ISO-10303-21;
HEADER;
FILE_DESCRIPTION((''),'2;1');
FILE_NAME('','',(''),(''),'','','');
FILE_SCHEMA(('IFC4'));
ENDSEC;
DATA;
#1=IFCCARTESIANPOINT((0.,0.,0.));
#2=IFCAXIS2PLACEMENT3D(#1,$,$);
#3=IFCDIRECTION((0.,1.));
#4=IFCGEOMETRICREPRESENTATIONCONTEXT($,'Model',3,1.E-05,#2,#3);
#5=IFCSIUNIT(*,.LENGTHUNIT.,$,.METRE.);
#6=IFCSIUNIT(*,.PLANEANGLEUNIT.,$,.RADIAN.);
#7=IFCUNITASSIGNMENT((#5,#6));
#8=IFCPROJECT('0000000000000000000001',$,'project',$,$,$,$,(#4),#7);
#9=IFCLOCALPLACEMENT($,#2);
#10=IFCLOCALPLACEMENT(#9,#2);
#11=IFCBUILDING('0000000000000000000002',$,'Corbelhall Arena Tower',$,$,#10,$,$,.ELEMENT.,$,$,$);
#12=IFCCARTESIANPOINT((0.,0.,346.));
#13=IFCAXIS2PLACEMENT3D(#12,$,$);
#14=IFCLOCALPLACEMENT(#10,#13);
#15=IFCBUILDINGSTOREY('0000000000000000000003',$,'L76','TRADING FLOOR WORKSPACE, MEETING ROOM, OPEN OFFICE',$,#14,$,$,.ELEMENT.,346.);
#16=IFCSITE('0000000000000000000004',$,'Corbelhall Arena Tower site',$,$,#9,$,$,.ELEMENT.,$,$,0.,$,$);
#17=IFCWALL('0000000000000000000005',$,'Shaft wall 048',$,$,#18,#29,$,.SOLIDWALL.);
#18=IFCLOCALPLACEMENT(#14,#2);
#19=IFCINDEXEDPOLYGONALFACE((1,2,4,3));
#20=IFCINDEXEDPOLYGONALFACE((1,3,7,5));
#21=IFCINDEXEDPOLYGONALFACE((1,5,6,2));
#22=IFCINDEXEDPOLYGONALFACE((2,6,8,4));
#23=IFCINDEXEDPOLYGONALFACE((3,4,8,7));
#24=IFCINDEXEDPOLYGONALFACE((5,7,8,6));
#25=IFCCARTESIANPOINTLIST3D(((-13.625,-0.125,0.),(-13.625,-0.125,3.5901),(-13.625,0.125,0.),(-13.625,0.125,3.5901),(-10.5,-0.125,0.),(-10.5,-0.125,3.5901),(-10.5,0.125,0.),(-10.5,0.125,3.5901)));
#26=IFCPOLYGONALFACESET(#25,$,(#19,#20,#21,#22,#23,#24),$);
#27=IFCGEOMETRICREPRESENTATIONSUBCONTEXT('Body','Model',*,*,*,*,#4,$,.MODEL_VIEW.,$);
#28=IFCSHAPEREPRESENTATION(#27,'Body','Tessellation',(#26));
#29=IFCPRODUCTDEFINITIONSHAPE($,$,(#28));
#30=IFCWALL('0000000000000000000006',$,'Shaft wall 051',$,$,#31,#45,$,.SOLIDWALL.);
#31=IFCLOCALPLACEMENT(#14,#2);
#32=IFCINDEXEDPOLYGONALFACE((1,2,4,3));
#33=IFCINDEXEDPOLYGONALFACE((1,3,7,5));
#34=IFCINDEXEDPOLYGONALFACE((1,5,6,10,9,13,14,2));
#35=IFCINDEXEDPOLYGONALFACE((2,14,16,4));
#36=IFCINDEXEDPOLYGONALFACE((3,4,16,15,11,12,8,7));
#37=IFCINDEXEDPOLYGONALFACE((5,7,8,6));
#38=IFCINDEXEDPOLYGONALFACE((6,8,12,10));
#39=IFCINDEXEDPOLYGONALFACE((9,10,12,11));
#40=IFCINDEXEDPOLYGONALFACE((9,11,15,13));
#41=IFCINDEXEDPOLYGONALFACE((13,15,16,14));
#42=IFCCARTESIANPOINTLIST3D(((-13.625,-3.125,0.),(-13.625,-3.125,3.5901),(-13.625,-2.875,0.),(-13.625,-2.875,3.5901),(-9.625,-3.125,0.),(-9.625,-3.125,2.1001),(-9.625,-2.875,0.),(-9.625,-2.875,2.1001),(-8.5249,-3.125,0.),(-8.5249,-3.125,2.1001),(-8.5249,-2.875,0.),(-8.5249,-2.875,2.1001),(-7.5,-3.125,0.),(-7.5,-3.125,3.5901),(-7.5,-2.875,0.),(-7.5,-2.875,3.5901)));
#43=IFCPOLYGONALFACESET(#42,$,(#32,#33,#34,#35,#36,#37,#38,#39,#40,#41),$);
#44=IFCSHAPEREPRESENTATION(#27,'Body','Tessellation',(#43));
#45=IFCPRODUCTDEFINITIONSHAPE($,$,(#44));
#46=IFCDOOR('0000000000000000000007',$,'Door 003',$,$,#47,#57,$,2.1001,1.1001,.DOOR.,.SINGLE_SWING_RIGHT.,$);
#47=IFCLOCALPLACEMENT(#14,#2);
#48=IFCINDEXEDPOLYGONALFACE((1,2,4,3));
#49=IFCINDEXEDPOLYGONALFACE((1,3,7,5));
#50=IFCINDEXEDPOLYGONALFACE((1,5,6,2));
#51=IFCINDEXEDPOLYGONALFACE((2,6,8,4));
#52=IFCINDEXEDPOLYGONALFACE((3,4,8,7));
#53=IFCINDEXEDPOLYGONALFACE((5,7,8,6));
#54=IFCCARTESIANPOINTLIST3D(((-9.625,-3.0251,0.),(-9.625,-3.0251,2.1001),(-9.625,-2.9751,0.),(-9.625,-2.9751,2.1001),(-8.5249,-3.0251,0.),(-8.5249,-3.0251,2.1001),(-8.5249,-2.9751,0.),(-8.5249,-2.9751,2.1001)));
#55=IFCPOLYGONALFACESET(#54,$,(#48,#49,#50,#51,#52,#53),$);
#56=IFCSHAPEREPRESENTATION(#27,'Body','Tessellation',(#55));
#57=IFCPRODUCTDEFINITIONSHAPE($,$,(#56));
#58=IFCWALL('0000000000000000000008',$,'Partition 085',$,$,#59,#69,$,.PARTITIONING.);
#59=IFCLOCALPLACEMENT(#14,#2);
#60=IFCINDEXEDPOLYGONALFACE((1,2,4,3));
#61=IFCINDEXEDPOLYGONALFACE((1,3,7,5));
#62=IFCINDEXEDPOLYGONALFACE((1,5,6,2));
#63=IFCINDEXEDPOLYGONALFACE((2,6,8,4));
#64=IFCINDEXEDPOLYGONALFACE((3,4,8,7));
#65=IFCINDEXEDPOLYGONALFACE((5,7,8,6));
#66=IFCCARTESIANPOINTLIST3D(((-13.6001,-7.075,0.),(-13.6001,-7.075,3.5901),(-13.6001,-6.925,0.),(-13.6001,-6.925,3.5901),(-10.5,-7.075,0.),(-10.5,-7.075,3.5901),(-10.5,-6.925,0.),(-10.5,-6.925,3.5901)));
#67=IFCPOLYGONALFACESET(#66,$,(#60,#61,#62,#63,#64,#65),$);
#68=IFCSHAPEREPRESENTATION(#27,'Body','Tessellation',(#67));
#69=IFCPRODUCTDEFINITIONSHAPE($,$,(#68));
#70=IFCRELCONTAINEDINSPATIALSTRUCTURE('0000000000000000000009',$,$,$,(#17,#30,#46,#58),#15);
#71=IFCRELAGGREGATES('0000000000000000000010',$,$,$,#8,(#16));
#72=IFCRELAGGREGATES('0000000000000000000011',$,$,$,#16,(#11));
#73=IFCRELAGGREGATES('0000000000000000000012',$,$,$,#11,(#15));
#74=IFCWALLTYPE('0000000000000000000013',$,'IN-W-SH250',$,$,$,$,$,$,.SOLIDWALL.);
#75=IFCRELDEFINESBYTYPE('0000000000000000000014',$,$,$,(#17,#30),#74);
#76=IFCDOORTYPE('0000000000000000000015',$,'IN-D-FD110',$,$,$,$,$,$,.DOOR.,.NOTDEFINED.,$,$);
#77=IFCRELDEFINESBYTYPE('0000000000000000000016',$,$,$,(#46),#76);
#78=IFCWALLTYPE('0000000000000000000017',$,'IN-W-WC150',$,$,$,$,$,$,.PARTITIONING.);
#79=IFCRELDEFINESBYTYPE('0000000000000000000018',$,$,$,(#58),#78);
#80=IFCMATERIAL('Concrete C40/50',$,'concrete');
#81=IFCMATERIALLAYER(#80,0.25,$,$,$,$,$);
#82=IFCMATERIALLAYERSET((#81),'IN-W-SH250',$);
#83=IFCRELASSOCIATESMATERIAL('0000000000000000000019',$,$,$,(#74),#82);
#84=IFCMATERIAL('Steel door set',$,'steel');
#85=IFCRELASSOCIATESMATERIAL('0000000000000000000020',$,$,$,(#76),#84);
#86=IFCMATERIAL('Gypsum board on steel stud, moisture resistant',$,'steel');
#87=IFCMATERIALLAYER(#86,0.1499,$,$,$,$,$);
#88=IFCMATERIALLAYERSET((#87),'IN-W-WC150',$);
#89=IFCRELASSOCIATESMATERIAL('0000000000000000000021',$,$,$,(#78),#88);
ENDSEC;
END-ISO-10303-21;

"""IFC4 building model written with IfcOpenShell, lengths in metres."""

from ifc_helpers import new_model, si_unit, direction, frame, frame_2d, origin, place, context, subcontext, project, spatial, rectangle, extrude, material, layer, layer_set, type_object, element, fill, save


model = new_model("IFC4")

# Units and contexts
model_context = context("Model", 3, precision=1e-05, world=origin(), true_north=direction((0.0, 1.0)))
body_context = subcontext(model_context, "Body", "Model", "MODEL_VIEW")
ifc_project = project(units=[si_unit("LENGTHUNIT", "METRE"), si_unit("PLANEANGLEUNIT", "RADIAN")], contexts=[model_context])

# Site, building, storey
site_placement = place(None, origin())
site = spatial("IfcSite", under=ifc_project, at=site_placement, Name="Corbelhall Arena Tower site", CompositionType="ELEMENT", RefElevation=0.0)
building_placement = place(site_placement, origin())
building = spatial("IfcBuilding", under=site, at=building_placement, Name="Corbelhall Arena Tower", CompositionType="ELEMENT")
storey_placement = place(building_placement, frame((0.0, 0.0, 346.0)))
storey = spatial("IfcBuildingStorey", under=building, at=storey_placement, Name="L76", Description="TRADING FLOOR WORKSPACE, MEETING ROOM, OPEN OFFICE", CompositionType="ELEMENT", Elevation=346.0)

# Shared definitions
ifc_material_1 = material(Name="Steel door set", Category="steel")

# Wall
ifc_material_2 = material(Name="Concrete C40/50", Category="concrete")
ifc_layer_1 = layer(ifc_material_2, 0.25)
ifc_layer_set_1 = layer_set([ifc_layer_1], Name="IN-W-SH250")
wall_type_1 = type_object("IfcWallType", Name="IN-W-SH250", PredefinedType="SOLIDWALL", material=ifc_layer_set_1)
wall_1_placement = place(storey_placement, frame((-13.625, 0.0, 0.0), z_axis=(0.0, 0.0, 1.0), x_axis=(1.0, 0.0, 0.0)))
element("IfcWall", 1, at=wall_1_placement, inside=storey, type_object=wall_type_1, Name="Shaft wall 048", PredefinedType="SOLIDWALL", context=body_context, shape_type="SweptSolid", body=[
    extrude(rectangle(XDim=3.125, YDim=0.25, at=frame_2d((1.5625, 0.0))), origin(), (0.0, 0.0, 1.0), 3.5901),
])

# Wall, opening, door
wall_2_placement = place(storey_placement, frame((-13.625, -3.0, 0.0), z_axis=(0.0, 0.0, 1.0), x_axis=(1.0, 0.0, 0.0)))
wall_2 = element("IfcWall", 2, at=wall_2_placement, inside=storey, type_object=wall_type_1, Name="Shaft wall 051", PredefinedType="SOLIDWALL", context=body_context, shape_type="SweptSolid", body=[
    extrude(rectangle(XDim=6.125, YDim=0.25, at=frame_2d((3.0625, 0.0))), origin(), (0.0, 0.0, 1.0), 3.5901),
])
opening_1_placement = place(wall_2_placement, frame((4.0, 0.0, 0.0)))
opening_1 = element("IfcOpeningElement", 3, at=opening_1_placement, cuts=wall_2, PredefinedType="OPENING", context=body_context, shape_type="SweptSolid", body=[
    extrude(rectangle(XDim=1.1001, YDim=2.1001, at=frame_2d((0.55, 1.05))), frame((0.0, 0.125, 0.0), z_axis=(0.0, -1.0, 0.0), x_axis=(1.0, 0.0, 0.0)), (0.0, 0.0, 1.0), 0.25),
])
door_type_1 = type_object("IfcDoorType", Name="IN-D-FD110", OperationType="NOTDEFINED", PredefinedType="DOOR", material=ifc_material_1)
door_1_placement = place(opening_1_placement, origin())
door_1 = element("IfcDoor", 4, at=door_1_placement, inside=storey, type_object=door_type_1, Name="Door 003", OperationType="SINGLE_SWING_RIGHT", OverallHeight=2.1001, OverallWidth=1.1001, PredefinedType="DOOR", context=body_context, shape_type="SweptSolid", body=[
    extrude(rectangle(XDim=1.1001, YDim=2.1001, at=frame_2d((0.55, 1.05))), frame((0.0, 0.0249, 0.0), z_axis=(0.0, -1.0, 0.0), x_axis=(1.0, 0.0, 0.0)), (0.0, 0.0, 1.0), 0.05),
])
fill(opening_1, door_1)

# Wall
ifc_material_3 = material(Name="Gypsum board on steel stud, moisture resistant", Category="steel")
ifc_layer_2 = layer(ifc_material_3, 0.1499)
ifc_layer_set_2 = layer_set([ifc_layer_2], Name="IN-W-WC150")
wall_type_2 = type_object("IfcWallType", Name="IN-W-WC150", PredefinedType="PARTITIONING", material=ifc_layer_set_2)
wall_3_placement = place(storey_placement, frame((-13.6001, -7.0, 0.0), z_axis=(0.0, 0.0, 1.0), x_axis=(1.0, 0.0, 0.0)))
element("IfcWall", 5, at=wall_3_placement, inside=storey, type_object=wall_type_2, Name="Partition 085", PredefinedType="PARTITIONING", context=body_context, shape_type="SweptSolid", body=[
    extrude(rectangle(XDim=3.1001, YDim=0.1499, at=frame_2d((1.55, 0.0))), origin(), (0.0, 0.0, 1.0), 3.5901),
])

save(model, "model.ifc")
